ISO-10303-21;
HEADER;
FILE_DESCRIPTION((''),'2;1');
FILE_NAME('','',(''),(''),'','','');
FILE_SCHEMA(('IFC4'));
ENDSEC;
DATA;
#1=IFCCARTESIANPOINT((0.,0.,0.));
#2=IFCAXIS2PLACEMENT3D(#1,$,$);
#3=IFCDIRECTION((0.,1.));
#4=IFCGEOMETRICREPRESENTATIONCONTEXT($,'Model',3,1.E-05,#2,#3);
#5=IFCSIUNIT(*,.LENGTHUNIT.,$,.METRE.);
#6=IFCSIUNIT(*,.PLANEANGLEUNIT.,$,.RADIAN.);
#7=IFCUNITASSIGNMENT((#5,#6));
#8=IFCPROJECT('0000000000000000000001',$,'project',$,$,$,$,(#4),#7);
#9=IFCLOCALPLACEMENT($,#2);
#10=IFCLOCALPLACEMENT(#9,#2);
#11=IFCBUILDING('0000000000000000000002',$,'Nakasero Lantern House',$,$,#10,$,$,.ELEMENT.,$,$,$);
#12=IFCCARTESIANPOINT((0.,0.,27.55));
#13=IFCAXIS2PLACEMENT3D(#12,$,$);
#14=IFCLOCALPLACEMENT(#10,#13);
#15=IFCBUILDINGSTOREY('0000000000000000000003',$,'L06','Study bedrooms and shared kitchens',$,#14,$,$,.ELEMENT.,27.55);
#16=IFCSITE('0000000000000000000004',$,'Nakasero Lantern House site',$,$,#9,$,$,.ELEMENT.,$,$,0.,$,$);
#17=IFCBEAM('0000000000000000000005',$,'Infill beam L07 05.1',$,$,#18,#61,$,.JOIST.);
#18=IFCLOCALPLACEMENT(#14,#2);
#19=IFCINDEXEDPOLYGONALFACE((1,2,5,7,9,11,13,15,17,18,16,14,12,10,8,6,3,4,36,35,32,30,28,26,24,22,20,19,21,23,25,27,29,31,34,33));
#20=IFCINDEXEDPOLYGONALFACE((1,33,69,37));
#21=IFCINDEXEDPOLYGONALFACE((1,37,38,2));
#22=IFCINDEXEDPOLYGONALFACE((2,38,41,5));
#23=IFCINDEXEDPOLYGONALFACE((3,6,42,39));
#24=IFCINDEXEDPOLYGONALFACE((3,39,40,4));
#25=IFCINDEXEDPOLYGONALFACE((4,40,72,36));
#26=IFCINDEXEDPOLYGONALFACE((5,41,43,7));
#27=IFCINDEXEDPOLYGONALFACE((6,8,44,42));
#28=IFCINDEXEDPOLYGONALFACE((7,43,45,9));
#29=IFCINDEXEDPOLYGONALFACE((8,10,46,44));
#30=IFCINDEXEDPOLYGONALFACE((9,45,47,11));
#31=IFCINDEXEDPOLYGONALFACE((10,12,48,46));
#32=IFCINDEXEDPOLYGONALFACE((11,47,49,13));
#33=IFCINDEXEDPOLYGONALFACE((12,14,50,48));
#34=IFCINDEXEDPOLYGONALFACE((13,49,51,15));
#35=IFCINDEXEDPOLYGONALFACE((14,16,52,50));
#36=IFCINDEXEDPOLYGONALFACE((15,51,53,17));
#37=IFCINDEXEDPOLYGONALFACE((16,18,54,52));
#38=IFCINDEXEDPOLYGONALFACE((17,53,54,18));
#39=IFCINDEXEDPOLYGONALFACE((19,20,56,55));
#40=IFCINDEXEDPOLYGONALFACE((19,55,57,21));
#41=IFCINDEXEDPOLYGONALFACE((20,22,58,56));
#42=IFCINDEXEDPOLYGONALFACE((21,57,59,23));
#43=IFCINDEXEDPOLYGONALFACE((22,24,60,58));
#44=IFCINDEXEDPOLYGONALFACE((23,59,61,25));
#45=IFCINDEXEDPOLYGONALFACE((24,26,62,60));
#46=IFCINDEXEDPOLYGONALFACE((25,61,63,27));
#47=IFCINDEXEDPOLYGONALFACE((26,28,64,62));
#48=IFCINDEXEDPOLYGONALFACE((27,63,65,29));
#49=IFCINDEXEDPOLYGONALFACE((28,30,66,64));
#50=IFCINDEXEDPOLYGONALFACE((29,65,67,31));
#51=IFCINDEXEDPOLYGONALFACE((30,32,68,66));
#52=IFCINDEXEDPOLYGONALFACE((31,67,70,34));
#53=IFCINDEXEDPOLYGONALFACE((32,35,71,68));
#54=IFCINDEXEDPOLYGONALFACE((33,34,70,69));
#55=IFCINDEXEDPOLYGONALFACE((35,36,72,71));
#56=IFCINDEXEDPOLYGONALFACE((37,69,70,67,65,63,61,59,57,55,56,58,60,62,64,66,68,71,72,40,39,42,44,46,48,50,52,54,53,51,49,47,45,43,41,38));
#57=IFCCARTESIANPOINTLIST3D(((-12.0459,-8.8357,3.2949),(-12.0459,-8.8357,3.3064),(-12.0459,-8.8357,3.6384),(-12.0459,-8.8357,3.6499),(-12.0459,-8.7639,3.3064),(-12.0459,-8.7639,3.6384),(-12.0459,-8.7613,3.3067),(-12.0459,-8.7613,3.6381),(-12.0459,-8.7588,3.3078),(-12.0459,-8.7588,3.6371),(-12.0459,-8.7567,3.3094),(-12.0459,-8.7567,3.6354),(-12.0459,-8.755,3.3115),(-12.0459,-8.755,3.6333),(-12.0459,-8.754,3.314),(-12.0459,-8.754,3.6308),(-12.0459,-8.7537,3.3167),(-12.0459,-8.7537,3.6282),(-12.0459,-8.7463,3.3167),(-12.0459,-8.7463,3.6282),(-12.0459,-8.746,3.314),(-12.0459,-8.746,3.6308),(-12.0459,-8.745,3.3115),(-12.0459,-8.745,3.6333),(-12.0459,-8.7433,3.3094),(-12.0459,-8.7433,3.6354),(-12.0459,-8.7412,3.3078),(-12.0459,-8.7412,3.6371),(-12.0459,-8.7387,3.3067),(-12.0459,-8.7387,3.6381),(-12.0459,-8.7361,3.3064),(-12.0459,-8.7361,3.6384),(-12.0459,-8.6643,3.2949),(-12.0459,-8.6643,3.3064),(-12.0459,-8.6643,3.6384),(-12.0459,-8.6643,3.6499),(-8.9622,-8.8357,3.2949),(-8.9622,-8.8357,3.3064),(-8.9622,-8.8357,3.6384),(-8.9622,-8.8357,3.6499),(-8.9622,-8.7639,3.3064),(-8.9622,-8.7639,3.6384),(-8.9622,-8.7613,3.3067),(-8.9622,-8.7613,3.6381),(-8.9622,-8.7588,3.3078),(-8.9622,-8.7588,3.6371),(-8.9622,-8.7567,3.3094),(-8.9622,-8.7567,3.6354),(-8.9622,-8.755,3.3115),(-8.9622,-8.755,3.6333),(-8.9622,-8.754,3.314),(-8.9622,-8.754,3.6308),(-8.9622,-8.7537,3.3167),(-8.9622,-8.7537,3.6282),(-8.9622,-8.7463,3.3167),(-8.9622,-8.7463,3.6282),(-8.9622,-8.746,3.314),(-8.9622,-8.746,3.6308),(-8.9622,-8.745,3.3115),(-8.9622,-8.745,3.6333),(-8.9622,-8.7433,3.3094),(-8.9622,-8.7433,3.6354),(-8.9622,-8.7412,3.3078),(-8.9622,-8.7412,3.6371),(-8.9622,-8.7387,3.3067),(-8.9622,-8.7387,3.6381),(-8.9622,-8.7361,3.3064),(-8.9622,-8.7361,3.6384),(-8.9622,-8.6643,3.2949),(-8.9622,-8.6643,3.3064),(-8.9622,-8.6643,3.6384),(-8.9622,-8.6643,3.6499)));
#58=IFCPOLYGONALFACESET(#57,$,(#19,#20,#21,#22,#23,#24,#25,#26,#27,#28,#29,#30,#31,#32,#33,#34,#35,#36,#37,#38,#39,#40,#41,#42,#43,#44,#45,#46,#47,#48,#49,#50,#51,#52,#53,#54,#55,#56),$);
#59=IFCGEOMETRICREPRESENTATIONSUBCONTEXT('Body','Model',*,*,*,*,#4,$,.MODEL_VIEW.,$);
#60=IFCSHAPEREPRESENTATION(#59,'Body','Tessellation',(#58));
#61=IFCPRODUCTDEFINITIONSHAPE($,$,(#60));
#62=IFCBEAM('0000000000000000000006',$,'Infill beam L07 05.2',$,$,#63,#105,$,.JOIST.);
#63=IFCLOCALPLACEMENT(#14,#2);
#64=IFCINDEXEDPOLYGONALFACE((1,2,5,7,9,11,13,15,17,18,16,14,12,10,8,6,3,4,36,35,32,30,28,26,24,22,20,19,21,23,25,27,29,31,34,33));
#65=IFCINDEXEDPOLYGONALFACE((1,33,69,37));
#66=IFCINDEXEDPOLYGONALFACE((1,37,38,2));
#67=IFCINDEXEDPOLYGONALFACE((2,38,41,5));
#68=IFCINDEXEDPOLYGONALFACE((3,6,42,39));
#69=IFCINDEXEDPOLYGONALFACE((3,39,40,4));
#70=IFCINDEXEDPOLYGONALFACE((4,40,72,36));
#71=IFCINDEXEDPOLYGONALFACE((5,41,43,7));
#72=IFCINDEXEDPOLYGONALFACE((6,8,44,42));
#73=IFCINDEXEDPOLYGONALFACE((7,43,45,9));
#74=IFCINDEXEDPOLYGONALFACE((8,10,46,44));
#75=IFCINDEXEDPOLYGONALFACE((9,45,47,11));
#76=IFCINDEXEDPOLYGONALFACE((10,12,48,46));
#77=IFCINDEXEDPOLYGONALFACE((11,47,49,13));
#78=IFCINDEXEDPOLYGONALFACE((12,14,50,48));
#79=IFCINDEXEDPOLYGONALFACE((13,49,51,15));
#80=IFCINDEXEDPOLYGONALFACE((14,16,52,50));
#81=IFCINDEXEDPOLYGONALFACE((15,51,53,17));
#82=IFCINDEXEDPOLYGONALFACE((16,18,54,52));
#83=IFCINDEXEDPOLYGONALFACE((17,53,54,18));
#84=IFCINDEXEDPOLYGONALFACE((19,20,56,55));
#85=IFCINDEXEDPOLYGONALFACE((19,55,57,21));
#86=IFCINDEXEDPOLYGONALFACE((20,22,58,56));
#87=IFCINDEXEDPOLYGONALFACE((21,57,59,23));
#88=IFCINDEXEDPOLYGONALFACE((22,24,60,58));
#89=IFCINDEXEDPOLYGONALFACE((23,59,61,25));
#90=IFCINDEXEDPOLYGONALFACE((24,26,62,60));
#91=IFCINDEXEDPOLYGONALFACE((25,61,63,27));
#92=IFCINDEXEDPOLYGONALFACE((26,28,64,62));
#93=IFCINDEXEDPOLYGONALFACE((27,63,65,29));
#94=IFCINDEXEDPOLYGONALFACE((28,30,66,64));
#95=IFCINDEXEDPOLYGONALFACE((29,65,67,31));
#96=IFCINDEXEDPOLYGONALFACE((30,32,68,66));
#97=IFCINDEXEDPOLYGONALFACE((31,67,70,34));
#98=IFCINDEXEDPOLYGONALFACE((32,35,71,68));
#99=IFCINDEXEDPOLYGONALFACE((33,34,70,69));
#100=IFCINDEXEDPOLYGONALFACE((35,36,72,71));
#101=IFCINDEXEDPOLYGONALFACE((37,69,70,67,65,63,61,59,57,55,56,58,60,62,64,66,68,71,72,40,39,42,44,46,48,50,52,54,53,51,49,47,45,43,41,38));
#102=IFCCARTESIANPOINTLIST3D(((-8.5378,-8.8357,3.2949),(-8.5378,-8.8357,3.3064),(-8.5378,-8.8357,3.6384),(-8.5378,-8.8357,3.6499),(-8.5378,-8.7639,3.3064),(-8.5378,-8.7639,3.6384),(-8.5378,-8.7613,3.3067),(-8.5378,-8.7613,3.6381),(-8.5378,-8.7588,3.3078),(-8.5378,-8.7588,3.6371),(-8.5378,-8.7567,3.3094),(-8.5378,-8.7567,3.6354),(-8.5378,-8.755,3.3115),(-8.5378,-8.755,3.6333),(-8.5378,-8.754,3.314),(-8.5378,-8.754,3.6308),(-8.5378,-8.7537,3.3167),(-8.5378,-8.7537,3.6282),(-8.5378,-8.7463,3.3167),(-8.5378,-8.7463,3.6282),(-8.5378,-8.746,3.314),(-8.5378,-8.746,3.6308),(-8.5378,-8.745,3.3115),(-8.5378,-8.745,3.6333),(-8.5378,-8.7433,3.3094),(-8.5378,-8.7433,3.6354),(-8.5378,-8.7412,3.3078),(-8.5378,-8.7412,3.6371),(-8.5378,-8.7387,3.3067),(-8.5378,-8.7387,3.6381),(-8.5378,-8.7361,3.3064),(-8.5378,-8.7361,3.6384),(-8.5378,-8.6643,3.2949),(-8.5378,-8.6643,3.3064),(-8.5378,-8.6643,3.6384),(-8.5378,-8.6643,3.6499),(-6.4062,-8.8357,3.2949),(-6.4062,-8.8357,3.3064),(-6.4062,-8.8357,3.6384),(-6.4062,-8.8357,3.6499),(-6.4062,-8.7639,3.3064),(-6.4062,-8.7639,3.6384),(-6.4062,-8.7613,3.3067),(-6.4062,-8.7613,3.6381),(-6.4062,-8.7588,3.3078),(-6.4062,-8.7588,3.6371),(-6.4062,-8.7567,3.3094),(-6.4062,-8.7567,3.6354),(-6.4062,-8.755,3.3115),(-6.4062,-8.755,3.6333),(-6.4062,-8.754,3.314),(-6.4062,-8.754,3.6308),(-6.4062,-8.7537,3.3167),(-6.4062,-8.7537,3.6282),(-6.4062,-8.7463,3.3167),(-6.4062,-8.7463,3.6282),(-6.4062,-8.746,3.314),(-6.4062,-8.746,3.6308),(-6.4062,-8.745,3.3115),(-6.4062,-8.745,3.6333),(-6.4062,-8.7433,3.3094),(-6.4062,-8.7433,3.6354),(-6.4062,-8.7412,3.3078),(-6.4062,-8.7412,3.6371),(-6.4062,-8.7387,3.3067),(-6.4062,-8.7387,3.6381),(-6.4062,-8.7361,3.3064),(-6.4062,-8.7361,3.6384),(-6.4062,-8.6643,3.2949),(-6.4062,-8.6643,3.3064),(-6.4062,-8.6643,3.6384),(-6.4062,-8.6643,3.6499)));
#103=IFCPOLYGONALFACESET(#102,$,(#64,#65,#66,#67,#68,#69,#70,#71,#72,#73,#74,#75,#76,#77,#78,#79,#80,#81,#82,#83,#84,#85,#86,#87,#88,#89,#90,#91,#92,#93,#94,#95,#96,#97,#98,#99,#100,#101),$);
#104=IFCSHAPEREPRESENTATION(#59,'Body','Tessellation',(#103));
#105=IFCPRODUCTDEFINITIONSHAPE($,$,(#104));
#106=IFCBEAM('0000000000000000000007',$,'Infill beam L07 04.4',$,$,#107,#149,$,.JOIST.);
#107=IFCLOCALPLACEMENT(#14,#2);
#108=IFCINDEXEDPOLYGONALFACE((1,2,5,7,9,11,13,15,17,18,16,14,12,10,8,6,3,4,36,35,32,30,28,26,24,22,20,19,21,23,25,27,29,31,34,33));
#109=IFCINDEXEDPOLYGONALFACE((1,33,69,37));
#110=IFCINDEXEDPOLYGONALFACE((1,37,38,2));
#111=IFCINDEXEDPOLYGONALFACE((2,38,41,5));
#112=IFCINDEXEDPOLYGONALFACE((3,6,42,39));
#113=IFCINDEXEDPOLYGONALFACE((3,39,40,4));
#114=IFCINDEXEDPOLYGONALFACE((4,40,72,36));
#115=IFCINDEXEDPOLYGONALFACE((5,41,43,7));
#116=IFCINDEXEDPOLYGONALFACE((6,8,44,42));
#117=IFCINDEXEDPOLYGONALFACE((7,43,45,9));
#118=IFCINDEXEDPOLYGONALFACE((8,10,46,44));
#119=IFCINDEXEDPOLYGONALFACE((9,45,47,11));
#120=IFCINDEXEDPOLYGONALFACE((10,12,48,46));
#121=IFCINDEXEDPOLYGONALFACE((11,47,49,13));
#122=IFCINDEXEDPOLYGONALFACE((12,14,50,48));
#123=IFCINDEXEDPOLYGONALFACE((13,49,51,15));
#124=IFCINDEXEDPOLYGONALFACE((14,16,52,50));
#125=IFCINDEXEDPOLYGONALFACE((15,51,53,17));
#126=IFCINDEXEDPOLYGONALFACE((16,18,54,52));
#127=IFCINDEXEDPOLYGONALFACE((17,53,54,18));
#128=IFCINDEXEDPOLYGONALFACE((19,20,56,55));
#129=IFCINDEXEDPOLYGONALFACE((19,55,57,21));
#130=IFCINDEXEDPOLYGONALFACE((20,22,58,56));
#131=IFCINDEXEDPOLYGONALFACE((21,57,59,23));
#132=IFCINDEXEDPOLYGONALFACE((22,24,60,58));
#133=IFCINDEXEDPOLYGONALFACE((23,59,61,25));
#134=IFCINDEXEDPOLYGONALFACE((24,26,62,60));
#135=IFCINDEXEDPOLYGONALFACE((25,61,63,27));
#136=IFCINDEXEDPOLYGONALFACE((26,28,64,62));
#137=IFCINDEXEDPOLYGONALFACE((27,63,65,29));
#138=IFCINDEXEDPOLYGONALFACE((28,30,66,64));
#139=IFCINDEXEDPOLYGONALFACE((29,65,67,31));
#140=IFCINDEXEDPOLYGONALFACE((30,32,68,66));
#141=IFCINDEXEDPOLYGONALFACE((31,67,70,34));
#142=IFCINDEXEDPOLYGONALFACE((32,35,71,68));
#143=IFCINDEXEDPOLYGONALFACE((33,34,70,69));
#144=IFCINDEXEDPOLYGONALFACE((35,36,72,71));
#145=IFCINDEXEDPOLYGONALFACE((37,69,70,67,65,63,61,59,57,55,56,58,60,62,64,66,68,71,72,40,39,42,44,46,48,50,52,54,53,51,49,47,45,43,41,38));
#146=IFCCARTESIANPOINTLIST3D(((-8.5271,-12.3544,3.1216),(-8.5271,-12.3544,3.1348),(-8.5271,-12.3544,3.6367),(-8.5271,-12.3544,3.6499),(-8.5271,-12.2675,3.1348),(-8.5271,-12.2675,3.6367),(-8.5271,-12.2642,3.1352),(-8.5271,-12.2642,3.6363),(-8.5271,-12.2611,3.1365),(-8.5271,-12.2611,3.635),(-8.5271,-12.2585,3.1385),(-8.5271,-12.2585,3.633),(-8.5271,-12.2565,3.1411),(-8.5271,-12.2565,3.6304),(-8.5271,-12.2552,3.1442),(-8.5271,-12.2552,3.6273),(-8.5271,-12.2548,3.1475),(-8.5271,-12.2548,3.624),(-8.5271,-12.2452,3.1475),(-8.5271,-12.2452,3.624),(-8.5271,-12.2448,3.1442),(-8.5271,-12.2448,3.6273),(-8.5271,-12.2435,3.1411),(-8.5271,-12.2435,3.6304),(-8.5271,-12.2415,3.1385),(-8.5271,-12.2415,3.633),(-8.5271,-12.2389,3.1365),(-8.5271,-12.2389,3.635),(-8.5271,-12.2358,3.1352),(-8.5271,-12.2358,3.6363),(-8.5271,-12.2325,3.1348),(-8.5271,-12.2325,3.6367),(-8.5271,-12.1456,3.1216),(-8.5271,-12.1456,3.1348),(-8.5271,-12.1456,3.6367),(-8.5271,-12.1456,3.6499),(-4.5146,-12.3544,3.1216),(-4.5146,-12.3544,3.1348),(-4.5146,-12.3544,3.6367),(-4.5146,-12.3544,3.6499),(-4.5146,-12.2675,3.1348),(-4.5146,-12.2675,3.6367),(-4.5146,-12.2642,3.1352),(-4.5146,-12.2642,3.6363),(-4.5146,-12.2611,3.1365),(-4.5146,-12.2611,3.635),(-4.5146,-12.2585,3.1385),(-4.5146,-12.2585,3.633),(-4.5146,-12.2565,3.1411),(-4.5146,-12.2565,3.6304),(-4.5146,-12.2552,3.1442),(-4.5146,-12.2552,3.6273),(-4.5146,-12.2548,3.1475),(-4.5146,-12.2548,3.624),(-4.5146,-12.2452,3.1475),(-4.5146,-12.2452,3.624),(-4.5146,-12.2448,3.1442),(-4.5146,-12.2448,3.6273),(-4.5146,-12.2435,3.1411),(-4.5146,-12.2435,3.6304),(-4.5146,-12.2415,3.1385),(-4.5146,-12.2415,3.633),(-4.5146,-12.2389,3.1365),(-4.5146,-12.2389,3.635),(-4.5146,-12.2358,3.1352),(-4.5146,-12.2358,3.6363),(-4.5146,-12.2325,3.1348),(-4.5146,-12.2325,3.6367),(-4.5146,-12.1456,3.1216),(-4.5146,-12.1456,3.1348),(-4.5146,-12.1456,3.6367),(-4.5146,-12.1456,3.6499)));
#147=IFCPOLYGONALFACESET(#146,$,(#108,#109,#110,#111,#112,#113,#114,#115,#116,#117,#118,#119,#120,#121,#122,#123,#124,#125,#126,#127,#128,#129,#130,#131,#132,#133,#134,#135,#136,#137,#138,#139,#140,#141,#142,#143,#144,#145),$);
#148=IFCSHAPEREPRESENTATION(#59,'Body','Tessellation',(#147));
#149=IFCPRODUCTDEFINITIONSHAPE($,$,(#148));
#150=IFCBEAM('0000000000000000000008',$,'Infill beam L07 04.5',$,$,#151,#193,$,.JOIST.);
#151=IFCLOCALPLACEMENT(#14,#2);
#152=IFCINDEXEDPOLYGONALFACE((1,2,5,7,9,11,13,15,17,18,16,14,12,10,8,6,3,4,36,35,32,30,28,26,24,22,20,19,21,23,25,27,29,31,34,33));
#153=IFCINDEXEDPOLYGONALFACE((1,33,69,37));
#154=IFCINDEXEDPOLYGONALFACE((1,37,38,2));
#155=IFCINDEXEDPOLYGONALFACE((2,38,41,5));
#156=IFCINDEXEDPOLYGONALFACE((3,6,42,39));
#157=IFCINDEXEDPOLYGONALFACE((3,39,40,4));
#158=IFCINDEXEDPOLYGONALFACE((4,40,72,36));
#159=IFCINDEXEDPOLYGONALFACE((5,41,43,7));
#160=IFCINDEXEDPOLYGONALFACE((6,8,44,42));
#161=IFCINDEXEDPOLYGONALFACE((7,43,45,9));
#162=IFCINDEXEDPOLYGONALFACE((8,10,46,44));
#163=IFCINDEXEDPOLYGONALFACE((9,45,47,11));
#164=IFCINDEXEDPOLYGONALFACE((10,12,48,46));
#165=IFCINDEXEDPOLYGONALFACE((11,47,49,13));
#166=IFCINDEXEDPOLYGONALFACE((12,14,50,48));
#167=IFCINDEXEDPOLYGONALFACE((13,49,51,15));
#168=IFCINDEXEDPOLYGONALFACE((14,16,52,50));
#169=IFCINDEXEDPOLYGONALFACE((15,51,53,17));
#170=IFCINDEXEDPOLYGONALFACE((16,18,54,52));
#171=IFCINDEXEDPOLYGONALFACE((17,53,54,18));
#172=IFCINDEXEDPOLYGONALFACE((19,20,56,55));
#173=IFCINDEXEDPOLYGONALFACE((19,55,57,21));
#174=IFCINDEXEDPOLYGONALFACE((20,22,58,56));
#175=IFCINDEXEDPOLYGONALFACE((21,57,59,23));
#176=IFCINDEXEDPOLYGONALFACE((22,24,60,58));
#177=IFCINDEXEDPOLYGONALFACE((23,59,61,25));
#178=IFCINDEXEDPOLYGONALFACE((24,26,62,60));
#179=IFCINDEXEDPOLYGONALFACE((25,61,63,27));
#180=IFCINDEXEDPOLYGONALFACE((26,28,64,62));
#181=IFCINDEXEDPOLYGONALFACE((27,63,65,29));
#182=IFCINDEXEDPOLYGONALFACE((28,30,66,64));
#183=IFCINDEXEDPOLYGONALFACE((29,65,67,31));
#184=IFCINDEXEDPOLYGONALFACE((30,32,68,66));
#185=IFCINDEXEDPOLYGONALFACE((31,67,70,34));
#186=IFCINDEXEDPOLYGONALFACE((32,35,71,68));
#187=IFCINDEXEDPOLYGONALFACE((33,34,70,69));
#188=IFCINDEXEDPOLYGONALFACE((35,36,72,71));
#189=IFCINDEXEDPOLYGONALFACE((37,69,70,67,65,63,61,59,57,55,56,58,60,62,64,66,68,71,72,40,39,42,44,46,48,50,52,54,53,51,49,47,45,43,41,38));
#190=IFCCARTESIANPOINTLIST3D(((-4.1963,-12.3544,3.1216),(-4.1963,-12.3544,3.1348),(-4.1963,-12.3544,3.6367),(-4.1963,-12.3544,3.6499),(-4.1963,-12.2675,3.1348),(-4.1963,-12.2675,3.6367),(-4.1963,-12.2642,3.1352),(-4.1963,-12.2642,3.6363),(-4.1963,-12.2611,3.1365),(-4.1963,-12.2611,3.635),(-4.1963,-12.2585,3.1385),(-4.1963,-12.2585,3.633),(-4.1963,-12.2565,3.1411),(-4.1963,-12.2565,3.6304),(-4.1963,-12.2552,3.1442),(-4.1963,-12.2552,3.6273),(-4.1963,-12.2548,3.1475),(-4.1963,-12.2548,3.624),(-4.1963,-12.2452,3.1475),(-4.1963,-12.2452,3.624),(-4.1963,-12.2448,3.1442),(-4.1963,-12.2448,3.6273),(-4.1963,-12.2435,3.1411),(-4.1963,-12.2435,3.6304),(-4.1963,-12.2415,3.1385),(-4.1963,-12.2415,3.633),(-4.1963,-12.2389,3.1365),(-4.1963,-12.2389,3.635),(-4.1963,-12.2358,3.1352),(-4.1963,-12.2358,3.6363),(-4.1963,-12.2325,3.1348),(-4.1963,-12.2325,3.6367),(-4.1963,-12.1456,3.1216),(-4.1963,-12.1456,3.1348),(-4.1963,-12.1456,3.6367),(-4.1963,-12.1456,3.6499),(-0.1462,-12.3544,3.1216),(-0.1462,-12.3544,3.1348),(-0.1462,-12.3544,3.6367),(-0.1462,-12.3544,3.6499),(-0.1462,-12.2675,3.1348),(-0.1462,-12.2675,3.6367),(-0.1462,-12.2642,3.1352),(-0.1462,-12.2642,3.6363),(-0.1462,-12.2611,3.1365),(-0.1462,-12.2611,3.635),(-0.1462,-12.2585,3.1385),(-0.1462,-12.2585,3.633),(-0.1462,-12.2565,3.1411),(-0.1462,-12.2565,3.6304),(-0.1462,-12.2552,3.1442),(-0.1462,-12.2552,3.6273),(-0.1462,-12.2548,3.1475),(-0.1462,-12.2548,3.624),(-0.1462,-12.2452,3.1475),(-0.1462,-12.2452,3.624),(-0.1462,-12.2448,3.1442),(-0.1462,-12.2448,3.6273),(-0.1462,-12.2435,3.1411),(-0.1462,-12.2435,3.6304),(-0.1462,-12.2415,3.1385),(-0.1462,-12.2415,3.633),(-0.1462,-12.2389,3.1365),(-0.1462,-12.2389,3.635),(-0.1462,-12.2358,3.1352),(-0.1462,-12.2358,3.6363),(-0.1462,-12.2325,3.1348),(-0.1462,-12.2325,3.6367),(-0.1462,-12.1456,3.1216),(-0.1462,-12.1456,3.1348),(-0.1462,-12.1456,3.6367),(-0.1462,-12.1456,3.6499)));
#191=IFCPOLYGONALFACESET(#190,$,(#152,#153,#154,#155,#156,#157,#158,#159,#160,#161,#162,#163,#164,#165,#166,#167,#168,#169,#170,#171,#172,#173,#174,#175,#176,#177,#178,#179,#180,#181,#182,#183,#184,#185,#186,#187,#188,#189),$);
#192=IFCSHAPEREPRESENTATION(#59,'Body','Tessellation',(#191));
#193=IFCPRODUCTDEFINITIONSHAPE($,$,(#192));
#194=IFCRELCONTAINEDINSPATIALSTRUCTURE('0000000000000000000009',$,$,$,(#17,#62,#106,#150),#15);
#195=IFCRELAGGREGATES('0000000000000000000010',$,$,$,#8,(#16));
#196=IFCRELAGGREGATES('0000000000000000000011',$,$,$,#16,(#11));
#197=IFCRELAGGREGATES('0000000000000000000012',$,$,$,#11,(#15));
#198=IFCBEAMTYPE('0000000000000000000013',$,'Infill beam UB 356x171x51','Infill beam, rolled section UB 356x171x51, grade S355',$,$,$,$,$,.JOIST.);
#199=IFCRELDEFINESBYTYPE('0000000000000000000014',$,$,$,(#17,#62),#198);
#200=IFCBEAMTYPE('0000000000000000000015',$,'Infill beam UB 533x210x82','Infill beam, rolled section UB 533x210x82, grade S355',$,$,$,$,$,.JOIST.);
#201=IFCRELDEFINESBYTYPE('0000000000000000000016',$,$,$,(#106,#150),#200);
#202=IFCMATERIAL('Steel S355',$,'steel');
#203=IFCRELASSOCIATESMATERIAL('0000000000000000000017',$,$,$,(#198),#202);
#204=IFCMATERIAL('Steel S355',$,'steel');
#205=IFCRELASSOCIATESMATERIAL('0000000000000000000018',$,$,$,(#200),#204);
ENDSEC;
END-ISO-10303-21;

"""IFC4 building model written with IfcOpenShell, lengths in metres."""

from ifc_helpers import new_model, si_unit, direction, frame, origin, origin_2d, place, context, subcontext, project, spatial, i_section, extrude, material, material_profile, profile_set, type_object, element, save


model = new_model("IFC4")

# Units and contexts
model_context = context("Model", 3, precision=1e-05, world=origin(), true_north=direction((0.0, 1.0)))
body_context = subcontext(model_context, "Body", "Model", "MODEL_VIEW")
ifc_project = project(units=[si_unit("LENGTHUNIT", "METRE"), si_unit("PLANEANGLEUNIT", "RADIAN")], contexts=[model_context])

# Site, building, storey
site_placement = place(None, origin())
site = spatial("IfcSite", under=ifc_project, at=site_placement, Name="Nakasero Lantern House site", CompositionType="ELEMENT", RefElevation=0.0)
building_placement = place(site_placement, origin())
building = spatial("IfcBuilding", under=site, at=building_placement, Name="Nakasero Lantern House", CompositionType="ELEMENT")
storey_placement = place(building_placement, frame((0.0, 0.0, 27.55)))
storey = spatial("IfcBuildingStorey", under=building, at=storey_placement, Name="L06", Description="Study bedrooms and shared kitchens", CompositionType="ELEMENT", Elevation=27.55)

# Beams
ifc_material_1 = material(Name="Steel S355", Category="steel")
ifc_material_profile_1 = material_profile(ifc_material_1, i_section(OverallWidth=0.1714, OverallDepth=0.355, WebThickness=0.0073, FlangeThickness=0.0115, FilletRadius=0.0103, at=origin_2d()), Name="UB 356x171x51")
ifc_profile_set_1 = profile_set([ifc_material_profile_1], Name="Steel S355")
beam_type_1 = type_object("IfcBeamType", Name="Infill beam UB 356x171x51", Description="Infill beam, rolled section UB 356x171x51, grade S355", PredefinedType="JOIST", material=ifc_profile_set_1)
beam_1_placement = place(storey_placement, frame((-12.0459, -8.75, 3.4724), z_axis=(1.0, 0.0, 0.0), x_axis=(0.0, 1.0, 0.0)))
element("IfcBeam", 1, at=beam_1_placement, inside=storey, type_object=beam_type_1, Name="Infill beam L07 05.1", PredefinedType="JOIST", context=body_context, shape_type="SweptSolid", body=[
    extrude(i_section(OverallWidth=0.1714, OverallDepth=0.355, WebThickness=0.0073, FlangeThickness=0.0115, FilletRadius=0.0103, at=origin_2d()), origin(), (0.0, 0.0, 1.0), 3.0837),
])
beam_2_placement = place(storey_placement, frame((-8.5378, -8.75, 3.4724), z_axis=(1.0, 0.0, 0.0), x_axis=(0.0, 1.0, 0.0)))
element("IfcBeam", 2, at=beam_2_placement, inside=storey, type_object=beam_type_1, Name="Infill beam L07 05.2", PredefinedType="JOIST", context=body_context, shape_type="SweptSolid", body=[
    extrude(i_section(OverallWidth=0.1714, OverallDepth=0.355, WebThickness=0.0073, FlangeThickness=0.0115, FilletRadius=0.0103, at=origin_2d()), origin(), (0.0, 0.0, 1.0), 2.1316),
])
ifc_material_2 = material(Name="Steel S355", Category="steel")
ifc_material_profile_2 = material_profile(ifc_material_2, i_section(OverallWidth=0.2087, OverallDepth=0.5283, WebThickness=0.0095, FlangeThickness=0.0132, FilletRadius=0.0127, at=origin_2d()), Name="UB 533x210x82")
ifc_profile_set_2 = profile_set([ifc_material_profile_2], Name="Steel S355")
beam_type_2 = type_object("IfcBeamType", Name="Infill beam UB 533x210x82", Description="Infill beam, rolled section UB 533x210x82, grade S355", PredefinedType="JOIST", material=ifc_profile_set_2)
beam_3_placement = place(storey_placement, frame((-8.5271, -12.25, 3.3857), z_axis=(1.0, 0.0, 0.0), x_axis=(0.0, 1.0, 0.0)))
element("IfcBeam", 3, at=beam_3_placement, inside=storey, type_object=beam_type_2, Name="Infill beam L07 04.4", PredefinedType="JOIST", context=body_context, shape_type="SweptSolid", body=[
    extrude(i_section(OverallWidth=0.2087, OverallDepth=0.5283, WebThickness=0.0095, FlangeThickness=0.0132, FilletRadius=0.0127, at=origin_2d()), origin(), (0.0, 0.0, 1.0), 4.0125),
])
beam_4_placement = place(storey_placement, frame((-4.1963, -12.25, 3.3857), z_axis=(1.0, 0.0, 0.0), x_axis=(0.0, 1.0, 0.0)))
element("IfcBeam", 4, at=beam_4_placement, inside=storey, type_object=beam_type_2, Name="Infill beam L07 04.5", PredefinedType="JOIST", context=body_context, shape_type="SweptSolid", body=[
    extrude(i_section(OverallWidth=0.2087, OverallDepth=0.5283, WebThickness=0.0095, FlangeThickness=0.0132, FilletRadius=0.0127, at=origin_2d()), origin(), (0.0, 0.0, 1.0), 4.05),
])

save(model, "model.ifc")
